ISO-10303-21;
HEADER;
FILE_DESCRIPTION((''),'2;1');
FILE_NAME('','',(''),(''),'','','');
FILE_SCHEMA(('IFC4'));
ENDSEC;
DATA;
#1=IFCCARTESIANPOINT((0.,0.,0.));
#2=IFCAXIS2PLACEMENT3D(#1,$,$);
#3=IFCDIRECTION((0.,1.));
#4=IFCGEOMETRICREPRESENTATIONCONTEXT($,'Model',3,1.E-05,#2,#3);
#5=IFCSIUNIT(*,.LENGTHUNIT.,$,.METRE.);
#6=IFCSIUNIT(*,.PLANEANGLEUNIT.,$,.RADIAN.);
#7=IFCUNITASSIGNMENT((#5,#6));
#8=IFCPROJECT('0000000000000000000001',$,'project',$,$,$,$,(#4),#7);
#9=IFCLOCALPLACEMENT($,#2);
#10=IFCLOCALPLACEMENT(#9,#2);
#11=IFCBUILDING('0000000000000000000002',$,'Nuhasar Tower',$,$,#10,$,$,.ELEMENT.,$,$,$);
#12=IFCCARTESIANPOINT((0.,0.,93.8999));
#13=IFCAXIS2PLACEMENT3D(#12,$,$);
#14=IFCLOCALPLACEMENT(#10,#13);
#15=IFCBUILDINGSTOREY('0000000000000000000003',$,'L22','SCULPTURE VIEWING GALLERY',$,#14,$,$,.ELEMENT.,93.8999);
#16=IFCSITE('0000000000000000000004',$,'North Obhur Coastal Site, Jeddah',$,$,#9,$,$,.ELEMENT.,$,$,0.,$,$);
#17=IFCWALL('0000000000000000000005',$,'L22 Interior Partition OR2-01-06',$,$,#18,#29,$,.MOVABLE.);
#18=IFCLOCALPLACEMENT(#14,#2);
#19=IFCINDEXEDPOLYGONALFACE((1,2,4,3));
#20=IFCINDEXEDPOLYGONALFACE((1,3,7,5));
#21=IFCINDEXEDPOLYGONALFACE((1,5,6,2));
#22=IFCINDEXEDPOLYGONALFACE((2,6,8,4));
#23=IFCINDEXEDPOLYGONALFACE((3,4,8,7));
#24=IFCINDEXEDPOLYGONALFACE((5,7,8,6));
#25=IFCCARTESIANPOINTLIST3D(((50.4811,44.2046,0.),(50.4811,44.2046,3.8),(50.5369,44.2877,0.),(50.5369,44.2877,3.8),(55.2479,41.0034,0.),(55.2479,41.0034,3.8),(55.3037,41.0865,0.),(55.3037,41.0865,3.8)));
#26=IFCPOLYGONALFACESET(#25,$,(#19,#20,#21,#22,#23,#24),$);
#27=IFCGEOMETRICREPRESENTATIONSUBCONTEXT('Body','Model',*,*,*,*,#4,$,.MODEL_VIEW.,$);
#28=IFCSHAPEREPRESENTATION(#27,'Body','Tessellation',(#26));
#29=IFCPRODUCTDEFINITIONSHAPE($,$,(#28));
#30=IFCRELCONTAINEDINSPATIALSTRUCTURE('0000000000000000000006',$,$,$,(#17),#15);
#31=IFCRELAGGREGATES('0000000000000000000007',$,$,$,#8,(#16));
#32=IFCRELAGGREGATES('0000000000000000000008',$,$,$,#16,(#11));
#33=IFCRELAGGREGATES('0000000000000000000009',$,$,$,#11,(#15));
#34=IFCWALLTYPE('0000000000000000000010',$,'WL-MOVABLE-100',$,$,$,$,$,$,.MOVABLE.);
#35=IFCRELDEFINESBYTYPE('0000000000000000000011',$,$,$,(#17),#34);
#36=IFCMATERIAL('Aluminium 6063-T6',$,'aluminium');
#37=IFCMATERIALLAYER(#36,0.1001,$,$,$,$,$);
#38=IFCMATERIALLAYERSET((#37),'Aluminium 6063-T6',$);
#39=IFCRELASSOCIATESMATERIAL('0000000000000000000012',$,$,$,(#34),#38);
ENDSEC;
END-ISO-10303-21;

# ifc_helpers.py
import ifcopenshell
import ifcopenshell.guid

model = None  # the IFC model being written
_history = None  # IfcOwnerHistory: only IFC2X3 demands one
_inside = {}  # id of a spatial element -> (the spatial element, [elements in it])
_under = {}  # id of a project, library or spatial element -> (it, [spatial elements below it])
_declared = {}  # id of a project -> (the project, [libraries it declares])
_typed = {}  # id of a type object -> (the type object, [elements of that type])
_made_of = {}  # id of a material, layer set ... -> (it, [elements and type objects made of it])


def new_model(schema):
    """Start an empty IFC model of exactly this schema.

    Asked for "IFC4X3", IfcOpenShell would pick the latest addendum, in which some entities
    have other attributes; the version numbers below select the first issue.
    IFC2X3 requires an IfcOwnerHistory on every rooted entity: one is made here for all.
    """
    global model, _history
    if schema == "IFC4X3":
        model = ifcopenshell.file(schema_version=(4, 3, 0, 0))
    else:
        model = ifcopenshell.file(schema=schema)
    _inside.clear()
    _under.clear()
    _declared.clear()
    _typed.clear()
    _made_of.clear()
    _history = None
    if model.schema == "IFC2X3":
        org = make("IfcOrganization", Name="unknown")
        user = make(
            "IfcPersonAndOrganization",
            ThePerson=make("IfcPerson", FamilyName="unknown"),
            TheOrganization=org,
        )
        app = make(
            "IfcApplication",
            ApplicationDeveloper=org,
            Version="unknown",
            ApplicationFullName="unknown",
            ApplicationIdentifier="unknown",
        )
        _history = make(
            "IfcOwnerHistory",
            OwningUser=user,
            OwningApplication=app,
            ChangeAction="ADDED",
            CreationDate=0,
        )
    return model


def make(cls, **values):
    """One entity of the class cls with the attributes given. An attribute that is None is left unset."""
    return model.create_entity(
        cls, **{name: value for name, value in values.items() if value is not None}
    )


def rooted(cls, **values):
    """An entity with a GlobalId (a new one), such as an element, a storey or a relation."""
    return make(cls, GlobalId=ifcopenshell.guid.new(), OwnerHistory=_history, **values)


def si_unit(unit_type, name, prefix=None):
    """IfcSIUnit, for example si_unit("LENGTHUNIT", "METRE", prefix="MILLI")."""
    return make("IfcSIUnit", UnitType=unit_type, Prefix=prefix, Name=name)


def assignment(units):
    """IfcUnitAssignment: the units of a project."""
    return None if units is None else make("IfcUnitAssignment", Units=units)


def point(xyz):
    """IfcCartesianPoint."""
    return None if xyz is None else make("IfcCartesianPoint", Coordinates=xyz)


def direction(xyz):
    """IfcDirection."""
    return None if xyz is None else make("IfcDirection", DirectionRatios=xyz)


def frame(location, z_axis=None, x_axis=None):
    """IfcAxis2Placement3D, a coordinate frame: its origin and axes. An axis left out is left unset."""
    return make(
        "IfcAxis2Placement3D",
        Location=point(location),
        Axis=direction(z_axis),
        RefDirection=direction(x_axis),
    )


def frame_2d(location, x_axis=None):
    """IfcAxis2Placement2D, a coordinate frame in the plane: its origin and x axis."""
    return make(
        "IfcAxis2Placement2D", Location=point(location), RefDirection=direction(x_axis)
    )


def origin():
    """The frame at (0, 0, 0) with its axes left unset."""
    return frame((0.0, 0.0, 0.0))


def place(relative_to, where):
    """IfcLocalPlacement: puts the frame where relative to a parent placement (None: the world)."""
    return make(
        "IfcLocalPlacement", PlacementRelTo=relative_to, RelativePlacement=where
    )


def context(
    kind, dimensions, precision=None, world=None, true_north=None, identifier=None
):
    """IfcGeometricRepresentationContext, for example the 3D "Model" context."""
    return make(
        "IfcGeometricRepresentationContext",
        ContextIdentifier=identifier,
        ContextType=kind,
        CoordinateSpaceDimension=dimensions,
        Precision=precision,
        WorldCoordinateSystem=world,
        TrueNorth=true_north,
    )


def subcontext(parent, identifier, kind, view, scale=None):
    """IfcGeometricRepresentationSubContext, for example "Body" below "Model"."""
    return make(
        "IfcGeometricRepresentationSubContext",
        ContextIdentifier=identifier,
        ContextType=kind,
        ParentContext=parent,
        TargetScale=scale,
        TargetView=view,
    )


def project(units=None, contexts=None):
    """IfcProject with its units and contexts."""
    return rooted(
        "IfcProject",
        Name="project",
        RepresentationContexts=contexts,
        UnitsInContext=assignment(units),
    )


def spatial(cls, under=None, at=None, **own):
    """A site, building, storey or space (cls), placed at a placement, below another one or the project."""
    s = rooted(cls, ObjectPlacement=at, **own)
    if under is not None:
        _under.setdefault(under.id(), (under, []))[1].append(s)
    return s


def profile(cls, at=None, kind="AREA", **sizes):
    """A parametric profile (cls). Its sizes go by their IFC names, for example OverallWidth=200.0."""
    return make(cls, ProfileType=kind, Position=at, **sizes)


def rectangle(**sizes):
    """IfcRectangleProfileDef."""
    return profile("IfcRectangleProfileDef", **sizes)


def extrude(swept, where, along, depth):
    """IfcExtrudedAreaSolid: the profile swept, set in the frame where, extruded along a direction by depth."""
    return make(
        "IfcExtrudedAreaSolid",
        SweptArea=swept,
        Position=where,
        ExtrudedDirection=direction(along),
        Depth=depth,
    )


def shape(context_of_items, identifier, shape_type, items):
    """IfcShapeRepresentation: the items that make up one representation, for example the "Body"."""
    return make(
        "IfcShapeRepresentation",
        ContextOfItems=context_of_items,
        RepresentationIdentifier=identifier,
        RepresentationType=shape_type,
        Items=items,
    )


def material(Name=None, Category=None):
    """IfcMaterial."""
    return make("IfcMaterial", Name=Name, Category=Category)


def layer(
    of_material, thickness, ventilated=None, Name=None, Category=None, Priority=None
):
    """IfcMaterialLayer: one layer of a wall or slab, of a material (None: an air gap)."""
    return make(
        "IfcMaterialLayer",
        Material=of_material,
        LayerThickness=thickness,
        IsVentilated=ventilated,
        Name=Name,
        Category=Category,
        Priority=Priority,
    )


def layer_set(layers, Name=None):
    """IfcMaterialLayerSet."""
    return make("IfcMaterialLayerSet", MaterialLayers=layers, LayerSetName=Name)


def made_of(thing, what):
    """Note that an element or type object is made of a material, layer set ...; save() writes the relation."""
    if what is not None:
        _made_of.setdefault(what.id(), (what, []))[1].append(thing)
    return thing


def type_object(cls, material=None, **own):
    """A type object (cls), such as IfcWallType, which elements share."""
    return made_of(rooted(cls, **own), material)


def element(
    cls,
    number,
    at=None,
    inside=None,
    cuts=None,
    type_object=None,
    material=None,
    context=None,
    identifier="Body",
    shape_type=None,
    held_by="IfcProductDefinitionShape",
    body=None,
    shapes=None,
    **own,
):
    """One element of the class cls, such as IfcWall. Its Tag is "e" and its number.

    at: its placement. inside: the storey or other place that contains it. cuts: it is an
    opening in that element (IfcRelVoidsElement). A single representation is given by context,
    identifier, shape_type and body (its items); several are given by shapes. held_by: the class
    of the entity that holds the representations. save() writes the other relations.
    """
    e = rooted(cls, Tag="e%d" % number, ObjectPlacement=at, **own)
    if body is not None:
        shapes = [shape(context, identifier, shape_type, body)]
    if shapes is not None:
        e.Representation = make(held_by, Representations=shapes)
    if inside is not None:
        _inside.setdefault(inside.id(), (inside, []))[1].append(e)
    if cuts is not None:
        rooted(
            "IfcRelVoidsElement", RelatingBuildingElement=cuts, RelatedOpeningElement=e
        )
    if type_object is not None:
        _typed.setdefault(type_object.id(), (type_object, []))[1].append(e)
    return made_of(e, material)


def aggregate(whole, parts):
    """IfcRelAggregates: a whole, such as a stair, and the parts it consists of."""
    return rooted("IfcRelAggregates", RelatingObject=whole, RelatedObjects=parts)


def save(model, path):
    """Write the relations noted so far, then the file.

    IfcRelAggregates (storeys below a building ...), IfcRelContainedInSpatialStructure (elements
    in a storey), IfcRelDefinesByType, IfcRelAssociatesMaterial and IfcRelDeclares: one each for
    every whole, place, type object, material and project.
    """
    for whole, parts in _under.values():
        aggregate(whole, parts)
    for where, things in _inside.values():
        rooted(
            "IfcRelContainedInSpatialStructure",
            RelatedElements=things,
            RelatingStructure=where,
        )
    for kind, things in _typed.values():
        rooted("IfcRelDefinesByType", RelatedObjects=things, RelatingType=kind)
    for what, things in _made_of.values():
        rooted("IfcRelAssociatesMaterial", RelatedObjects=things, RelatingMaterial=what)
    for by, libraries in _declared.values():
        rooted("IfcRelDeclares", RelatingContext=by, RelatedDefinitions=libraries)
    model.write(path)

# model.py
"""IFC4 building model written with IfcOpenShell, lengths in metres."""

from ifc_helpers import new_model, si_unit, direction, frame, frame_2d, origin, place, context, subcontext, project, spatial, rectangle, extrude, material, layer, layer_set, type_object, element, save


model = new_model("IFC4")

# Units and contexts
model_context = context("Model", 3, precision=1e-05, world=origin(), true_north=direction((0.0, 1.0)))
body_context = subcontext(model_context, "Body", "Model", "MODEL_VIEW")
ifc_project = project(units=[si_unit("LENGTHUNIT", "METRE"), si_unit("PLANEANGLEUNIT", "RADIAN")], contexts=[model_context])

# Site, building, storey
site_placement = place(None, origin())
site = spatial("IfcSite", under=ifc_project, at=site_placement, Name="North Obhur Coastal Site, Jeddah", CompositionType="ELEMENT", RefElevation=0.0)
building_placement = place(site_placement, origin())
building = spatial("IfcBuilding", under=site, at=building_placement, Name="Nuhasar Tower", CompositionType="ELEMENT")
storey_placement = place(building_placement, frame((0.0, 0.0, 93.8999)))
storey = spatial("IfcBuildingStorey", under=building, at=storey_placement, Name="L22", Description="SCULPTURE VIEWING GALLERY", CompositionType="ELEMENT", Elevation=93.8999)

# Shared definitions
ifc_material_1 = material(Name="Aluminium 6063-T6", Category="aluminium")

# Wall
ifc_layer_1 = layer(ifc_material_1, 0.1001)
ifc_layer_set_1 = layer_set([ifc_layer_1], Name="Aluminium 6063-T6")
wall_type = type_object("IfcWallType", Name="WL-MOVABLE-100", PredefinedType="MOVABLE", material=ifc_layer_set_1)
wall_1_placement = place(storey_placement, frame((55.2759, 41.0449, 0.0), z_axis=(0.0, 0.0, 1.0), x_axis=(-0.830175, 0.557503, 0.0)))
element("IfcWall", 1, at=wall_1_placement, inside=storey, type_object=wall_type, Name="L22 Interior Partition OR2-01-06", PredefinedType="MOVABLE", context=body_context, shape_type="SweptSolid", body=[
    extrude(rectangle(XDim=5.7419, YDim=0.1001, at=frame_2d((2.8711, 0.0))), origin(), (0.0, 0.0, 1.0), 3.8),
])

save(model, "model.ifc")
